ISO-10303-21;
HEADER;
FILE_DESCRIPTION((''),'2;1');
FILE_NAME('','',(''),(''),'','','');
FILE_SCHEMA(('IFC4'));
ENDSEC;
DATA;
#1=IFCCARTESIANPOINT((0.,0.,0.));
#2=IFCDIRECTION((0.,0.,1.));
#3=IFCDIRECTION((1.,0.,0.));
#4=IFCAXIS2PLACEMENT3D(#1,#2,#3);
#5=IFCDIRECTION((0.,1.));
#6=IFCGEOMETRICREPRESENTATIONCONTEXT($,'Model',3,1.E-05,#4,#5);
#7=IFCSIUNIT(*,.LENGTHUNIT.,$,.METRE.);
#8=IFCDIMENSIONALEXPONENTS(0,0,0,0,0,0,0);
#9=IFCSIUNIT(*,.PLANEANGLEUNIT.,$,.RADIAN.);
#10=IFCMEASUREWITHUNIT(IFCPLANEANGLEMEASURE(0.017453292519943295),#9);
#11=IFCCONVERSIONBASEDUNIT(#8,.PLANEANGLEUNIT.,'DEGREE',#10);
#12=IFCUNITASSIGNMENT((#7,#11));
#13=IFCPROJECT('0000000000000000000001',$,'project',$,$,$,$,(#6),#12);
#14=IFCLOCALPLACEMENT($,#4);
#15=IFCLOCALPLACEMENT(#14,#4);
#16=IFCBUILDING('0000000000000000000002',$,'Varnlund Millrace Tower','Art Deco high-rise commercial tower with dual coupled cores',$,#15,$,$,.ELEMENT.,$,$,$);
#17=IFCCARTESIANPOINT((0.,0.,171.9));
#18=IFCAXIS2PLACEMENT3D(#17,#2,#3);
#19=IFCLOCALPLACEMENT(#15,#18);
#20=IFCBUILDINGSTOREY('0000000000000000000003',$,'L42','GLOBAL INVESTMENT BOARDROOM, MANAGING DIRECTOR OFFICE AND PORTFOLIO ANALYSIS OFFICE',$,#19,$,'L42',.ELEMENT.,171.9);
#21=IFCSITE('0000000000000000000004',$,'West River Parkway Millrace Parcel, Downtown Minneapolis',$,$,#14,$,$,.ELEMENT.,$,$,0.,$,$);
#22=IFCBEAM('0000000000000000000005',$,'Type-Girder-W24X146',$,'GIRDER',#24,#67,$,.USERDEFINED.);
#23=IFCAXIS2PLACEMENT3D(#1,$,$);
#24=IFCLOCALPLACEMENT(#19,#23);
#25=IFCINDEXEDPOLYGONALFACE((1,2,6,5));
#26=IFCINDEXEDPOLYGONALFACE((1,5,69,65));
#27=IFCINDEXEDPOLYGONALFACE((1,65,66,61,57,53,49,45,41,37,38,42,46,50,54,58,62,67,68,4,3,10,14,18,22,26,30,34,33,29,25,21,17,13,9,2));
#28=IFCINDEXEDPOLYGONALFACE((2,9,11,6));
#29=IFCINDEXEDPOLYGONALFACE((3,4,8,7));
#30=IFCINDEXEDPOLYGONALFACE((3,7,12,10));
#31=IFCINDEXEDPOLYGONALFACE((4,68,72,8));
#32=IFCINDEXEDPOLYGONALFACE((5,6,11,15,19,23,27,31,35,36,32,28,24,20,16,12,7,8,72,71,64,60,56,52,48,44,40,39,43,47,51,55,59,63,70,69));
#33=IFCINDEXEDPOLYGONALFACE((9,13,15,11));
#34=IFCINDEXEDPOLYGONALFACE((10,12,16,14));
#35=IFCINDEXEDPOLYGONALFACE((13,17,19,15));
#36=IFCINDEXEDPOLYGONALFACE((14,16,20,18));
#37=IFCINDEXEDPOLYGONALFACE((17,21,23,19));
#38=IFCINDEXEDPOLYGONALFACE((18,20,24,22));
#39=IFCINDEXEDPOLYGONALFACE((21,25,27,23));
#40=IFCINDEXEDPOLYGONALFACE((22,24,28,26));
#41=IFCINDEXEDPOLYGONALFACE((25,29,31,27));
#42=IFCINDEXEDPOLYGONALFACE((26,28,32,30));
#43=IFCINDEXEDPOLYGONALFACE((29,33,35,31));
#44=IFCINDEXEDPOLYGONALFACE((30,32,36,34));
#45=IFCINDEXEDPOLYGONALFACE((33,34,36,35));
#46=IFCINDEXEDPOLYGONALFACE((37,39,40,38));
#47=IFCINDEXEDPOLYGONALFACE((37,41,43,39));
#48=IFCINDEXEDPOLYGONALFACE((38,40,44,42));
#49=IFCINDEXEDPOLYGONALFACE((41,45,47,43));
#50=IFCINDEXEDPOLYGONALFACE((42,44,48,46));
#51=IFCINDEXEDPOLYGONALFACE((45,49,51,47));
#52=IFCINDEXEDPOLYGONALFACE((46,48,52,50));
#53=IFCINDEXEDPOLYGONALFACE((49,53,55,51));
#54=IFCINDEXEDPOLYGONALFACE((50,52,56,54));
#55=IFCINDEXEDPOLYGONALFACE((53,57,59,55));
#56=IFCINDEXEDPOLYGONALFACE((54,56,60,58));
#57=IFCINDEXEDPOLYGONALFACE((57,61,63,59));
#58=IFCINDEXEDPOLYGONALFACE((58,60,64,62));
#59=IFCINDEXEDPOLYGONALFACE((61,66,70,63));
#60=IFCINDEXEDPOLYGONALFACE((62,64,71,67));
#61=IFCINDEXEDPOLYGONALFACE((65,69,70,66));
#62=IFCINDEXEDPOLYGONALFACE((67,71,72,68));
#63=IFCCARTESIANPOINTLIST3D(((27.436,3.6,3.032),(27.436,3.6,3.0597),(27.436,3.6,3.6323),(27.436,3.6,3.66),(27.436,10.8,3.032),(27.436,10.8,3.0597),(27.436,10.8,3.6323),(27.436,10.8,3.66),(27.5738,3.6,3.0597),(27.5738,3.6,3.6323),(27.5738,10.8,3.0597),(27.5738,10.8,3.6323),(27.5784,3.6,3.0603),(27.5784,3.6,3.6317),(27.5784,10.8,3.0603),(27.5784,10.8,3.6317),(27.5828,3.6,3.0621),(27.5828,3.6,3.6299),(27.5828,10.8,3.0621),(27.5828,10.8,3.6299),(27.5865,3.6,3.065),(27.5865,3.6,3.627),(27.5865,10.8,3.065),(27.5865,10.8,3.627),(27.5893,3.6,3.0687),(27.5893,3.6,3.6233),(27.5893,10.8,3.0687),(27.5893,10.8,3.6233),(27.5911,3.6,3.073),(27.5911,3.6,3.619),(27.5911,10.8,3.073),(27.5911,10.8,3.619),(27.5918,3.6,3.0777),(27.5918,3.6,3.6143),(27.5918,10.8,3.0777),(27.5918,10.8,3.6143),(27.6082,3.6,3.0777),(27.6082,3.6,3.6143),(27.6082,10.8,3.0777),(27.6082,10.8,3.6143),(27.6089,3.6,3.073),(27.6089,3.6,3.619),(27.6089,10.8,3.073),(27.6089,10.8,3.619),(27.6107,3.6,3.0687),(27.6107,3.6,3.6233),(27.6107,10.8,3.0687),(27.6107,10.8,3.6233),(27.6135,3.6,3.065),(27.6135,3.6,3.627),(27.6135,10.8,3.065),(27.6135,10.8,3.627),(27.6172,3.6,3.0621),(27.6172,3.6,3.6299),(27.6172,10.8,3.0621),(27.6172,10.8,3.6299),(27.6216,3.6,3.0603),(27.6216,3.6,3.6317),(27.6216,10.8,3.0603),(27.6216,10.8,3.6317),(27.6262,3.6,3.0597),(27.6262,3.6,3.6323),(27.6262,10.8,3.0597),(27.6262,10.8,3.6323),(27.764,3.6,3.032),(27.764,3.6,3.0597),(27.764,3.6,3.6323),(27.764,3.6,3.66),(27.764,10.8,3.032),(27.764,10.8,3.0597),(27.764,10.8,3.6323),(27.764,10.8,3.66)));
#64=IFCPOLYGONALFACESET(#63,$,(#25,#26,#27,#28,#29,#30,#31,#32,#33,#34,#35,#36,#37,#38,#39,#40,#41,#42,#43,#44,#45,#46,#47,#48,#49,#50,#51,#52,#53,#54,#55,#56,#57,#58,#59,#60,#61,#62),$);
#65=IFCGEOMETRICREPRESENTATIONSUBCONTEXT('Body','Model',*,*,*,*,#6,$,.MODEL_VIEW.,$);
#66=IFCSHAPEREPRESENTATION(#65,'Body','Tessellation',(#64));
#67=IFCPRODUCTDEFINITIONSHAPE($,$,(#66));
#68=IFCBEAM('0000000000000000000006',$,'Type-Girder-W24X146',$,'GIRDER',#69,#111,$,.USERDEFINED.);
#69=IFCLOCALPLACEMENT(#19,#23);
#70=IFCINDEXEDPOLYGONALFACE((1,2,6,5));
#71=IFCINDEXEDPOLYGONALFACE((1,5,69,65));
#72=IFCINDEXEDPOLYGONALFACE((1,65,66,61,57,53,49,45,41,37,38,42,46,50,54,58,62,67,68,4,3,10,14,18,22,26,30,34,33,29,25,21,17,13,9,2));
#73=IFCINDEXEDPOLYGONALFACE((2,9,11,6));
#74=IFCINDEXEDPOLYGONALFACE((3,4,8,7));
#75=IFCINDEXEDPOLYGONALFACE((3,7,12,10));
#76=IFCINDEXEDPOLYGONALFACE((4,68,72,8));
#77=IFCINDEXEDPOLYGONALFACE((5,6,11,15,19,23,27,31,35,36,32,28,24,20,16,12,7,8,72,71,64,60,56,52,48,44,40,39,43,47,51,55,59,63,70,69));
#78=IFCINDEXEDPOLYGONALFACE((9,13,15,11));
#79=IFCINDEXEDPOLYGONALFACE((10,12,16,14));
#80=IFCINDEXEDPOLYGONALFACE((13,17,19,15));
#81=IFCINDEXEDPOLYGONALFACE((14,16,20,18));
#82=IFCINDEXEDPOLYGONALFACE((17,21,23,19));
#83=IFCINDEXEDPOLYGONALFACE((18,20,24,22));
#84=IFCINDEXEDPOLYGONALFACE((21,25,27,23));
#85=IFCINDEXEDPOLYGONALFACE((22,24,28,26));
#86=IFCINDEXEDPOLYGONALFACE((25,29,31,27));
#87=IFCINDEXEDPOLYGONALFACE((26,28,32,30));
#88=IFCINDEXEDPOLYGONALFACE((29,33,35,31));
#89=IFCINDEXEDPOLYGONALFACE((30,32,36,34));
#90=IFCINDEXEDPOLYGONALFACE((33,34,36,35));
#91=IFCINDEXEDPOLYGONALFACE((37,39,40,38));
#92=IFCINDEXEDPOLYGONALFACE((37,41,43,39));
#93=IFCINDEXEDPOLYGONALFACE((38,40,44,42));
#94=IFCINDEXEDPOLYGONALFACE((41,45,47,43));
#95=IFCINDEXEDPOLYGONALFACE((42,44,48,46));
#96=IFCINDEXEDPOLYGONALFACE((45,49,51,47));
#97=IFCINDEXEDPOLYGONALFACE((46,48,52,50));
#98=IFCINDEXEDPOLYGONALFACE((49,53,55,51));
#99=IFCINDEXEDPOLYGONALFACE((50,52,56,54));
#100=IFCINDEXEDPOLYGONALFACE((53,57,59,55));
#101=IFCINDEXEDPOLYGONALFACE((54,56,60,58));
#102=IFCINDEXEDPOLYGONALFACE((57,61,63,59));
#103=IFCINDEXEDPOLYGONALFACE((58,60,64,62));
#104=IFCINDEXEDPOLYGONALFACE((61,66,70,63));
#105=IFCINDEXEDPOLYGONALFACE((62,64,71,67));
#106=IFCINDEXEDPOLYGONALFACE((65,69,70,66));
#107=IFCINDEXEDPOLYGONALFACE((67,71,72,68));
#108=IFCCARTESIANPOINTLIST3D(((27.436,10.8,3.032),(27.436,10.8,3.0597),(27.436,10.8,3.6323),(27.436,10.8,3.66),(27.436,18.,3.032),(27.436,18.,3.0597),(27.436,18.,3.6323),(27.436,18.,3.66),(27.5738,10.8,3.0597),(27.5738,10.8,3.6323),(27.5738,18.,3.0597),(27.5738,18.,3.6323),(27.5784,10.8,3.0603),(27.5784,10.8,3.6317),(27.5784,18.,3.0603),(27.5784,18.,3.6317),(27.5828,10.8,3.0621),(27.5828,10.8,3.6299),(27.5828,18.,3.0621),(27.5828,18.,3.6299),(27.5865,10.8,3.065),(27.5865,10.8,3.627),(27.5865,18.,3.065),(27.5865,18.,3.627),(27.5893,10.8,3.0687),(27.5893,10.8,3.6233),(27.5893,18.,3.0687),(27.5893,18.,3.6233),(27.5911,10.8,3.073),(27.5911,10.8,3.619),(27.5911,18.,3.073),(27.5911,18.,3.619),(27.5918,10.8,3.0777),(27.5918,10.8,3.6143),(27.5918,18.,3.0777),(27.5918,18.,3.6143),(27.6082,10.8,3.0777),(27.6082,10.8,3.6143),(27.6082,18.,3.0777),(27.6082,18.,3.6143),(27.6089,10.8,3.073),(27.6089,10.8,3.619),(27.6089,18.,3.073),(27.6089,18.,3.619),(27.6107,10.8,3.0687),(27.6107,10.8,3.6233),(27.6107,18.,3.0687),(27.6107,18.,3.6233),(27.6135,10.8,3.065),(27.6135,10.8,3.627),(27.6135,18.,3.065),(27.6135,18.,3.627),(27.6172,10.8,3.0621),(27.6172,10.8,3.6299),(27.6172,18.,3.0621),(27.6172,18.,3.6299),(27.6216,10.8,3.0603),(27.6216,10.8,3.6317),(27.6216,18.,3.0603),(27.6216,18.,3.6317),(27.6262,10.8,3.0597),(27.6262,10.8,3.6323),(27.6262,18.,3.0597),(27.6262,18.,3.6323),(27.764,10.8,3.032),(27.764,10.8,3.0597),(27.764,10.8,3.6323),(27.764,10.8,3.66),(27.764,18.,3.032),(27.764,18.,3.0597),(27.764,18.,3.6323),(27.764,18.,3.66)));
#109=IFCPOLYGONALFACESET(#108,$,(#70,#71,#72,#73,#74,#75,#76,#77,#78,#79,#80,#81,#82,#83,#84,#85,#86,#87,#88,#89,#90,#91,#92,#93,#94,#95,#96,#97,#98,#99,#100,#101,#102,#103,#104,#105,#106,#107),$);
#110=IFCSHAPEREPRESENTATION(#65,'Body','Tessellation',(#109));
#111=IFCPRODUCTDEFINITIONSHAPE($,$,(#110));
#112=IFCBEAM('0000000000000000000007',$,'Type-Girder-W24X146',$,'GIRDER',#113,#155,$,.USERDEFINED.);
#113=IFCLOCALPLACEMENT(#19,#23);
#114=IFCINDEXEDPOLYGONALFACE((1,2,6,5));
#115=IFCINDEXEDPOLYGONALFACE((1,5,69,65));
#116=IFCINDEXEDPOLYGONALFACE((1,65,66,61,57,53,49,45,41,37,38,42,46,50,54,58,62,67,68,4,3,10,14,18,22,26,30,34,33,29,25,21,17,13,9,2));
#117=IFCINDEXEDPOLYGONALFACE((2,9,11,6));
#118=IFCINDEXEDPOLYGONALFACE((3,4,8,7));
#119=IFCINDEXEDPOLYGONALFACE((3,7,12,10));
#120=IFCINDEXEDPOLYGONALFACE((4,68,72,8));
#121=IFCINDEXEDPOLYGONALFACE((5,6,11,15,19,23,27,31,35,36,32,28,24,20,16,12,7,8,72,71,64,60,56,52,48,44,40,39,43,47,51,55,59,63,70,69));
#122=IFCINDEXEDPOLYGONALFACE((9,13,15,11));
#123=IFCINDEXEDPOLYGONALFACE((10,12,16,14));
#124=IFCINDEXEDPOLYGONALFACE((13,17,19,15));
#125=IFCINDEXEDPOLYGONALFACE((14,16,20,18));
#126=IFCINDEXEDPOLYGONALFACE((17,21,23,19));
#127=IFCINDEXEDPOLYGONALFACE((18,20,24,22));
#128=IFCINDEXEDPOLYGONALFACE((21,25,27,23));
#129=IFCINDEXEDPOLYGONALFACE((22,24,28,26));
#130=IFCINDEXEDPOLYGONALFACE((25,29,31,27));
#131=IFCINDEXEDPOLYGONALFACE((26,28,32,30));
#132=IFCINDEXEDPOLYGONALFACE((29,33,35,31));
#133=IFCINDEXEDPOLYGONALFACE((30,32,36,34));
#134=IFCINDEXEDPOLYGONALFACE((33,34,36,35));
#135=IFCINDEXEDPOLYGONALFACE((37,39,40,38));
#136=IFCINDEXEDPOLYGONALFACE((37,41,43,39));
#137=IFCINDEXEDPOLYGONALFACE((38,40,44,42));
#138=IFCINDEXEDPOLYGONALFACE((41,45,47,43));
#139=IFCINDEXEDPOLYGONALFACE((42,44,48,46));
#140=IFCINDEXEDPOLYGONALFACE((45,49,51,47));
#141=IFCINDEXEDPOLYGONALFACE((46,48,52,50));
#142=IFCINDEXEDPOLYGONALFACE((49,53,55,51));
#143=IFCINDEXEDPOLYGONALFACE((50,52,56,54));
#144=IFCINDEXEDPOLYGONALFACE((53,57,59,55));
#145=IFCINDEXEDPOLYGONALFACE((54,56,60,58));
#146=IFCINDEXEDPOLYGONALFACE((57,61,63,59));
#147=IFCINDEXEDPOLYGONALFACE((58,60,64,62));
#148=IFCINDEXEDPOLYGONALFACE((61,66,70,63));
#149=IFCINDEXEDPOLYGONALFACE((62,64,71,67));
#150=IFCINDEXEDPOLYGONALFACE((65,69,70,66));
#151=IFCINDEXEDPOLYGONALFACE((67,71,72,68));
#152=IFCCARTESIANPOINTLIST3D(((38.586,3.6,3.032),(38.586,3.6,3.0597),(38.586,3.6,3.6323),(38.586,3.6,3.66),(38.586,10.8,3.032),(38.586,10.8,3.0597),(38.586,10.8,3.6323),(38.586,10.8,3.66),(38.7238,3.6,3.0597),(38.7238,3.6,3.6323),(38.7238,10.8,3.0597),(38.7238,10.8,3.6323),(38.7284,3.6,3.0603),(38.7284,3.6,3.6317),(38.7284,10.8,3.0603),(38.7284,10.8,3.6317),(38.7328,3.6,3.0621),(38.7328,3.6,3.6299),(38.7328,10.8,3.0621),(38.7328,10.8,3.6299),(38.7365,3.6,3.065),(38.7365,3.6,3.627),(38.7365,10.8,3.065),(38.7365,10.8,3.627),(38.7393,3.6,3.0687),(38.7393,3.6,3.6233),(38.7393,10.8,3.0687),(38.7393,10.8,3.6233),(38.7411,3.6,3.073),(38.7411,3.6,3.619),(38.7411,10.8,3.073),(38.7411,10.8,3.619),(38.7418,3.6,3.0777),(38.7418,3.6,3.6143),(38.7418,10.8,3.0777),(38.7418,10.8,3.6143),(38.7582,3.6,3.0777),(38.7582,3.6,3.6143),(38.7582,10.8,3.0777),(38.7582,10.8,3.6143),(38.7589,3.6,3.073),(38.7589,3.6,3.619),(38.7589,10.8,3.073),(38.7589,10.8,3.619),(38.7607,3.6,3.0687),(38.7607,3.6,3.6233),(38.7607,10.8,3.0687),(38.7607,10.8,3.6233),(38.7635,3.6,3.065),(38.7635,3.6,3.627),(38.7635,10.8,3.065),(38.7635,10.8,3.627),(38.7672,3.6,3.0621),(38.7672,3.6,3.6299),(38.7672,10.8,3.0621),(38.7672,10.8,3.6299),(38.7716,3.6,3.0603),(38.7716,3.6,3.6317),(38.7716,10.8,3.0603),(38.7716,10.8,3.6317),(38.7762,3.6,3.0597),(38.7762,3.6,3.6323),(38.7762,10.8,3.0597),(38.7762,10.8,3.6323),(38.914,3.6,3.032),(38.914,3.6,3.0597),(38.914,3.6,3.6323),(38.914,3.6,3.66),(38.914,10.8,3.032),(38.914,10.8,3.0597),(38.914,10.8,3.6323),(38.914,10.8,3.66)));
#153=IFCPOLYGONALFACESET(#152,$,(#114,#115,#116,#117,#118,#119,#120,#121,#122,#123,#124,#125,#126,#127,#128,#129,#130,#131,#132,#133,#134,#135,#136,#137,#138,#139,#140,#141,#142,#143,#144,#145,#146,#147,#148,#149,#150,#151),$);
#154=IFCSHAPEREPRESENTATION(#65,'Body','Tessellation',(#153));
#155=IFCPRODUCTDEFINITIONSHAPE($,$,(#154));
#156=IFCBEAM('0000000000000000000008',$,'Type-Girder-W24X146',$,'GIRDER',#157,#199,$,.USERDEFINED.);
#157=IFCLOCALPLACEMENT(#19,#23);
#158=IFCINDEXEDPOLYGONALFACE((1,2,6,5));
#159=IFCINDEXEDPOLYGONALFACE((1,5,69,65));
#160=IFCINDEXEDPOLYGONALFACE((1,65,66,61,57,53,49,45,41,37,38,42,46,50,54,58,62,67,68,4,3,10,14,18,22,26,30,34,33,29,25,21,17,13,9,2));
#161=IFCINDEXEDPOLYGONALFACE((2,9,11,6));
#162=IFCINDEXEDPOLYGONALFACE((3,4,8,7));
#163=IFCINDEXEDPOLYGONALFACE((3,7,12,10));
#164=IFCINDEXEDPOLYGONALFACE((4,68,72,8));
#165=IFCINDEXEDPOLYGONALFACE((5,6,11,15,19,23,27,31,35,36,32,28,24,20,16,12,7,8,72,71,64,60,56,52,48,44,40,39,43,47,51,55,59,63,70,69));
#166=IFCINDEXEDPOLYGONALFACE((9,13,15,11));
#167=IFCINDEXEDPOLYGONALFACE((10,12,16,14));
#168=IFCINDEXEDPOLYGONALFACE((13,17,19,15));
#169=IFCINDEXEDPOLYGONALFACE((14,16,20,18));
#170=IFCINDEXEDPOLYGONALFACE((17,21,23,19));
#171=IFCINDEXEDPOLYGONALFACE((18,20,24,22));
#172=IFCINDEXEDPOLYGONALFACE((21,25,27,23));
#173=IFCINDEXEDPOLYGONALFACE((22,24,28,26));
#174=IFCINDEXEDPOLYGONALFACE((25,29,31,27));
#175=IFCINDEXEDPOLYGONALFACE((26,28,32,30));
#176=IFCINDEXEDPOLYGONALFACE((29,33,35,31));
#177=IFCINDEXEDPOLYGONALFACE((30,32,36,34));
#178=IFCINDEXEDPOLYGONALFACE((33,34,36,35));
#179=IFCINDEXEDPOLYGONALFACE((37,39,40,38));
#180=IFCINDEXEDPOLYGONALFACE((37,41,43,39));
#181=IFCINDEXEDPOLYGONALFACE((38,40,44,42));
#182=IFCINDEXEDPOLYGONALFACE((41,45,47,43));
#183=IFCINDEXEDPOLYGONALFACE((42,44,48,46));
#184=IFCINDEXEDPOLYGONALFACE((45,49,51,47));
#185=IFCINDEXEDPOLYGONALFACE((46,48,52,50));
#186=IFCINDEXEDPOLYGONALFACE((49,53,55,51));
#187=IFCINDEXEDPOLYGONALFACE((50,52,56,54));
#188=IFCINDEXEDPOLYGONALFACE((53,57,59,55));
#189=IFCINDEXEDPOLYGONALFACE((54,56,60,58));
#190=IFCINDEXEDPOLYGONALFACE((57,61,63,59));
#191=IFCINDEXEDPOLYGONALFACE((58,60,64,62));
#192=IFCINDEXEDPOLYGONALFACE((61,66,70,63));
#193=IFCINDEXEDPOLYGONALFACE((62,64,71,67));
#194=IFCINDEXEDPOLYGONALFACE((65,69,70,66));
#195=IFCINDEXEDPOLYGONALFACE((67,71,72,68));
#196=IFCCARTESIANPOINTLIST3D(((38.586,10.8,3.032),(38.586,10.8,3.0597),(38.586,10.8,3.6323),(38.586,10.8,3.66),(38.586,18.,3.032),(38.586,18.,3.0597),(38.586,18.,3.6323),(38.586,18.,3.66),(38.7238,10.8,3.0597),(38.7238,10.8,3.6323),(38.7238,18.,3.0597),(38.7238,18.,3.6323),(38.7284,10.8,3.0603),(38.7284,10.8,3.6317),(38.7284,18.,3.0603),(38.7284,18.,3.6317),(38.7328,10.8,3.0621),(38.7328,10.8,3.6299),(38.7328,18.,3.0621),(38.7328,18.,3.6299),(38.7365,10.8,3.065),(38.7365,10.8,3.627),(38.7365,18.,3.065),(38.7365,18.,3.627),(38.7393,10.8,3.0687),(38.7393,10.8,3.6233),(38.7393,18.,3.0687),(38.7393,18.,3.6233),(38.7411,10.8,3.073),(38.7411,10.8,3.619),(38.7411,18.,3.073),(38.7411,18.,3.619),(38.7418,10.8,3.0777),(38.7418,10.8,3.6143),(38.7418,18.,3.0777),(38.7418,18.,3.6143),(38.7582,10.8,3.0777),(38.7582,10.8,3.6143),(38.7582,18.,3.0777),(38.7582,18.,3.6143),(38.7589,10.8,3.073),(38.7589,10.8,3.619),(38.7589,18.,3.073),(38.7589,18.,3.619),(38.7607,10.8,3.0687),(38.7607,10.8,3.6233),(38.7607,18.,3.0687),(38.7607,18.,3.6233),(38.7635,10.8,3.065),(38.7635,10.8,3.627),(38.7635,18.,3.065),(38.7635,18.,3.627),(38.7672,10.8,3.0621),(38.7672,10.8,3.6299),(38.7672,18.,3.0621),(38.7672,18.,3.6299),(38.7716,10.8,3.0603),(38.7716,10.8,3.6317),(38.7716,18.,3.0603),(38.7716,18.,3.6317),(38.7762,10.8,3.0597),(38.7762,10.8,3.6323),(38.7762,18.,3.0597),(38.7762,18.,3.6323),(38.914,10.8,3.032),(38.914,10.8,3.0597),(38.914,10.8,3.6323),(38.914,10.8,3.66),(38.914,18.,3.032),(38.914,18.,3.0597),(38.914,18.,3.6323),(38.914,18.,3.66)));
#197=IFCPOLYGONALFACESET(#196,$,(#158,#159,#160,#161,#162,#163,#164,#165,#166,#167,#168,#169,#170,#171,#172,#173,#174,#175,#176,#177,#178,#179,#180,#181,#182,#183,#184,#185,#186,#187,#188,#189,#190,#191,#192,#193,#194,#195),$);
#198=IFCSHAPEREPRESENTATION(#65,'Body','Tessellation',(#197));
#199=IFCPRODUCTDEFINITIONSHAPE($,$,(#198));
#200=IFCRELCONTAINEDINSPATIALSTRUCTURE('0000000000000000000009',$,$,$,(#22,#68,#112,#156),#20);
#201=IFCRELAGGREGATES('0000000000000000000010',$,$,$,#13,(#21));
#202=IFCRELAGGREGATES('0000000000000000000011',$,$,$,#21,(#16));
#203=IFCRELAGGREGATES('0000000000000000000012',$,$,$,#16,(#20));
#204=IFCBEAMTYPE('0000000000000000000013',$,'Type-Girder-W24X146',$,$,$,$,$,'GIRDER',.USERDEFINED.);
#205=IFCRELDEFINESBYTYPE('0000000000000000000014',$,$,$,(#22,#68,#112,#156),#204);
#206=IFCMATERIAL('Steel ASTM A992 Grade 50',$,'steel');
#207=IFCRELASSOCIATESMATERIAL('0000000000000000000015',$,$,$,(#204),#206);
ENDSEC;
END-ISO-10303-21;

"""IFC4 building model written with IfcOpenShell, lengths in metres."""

from ifc_helpers import new_model, entity, si_unit, converted_unit, direction, frame, origin_with_axes, origin_2d_with_axis, place, context, subcontext, project, spatial, i_section, extrude, material, material_profile, profile_set, type_object, element, save


model = new_model("IFC4")

# Units and contexts
model_context = context("Model", 3, precision=1e-05, world=origin_with_axes(), true_north=direction((0.0, 1.0)))
body_context = subcontext(model_context, "Body", "Model", "MODEL_VIEW")
ifc_project = project(units=[si_unit("LENGTHUNIT", "METRE"), converted_unit("PLANEANGLEUNIT", "DEGREE", entity("IfcPlaneAngleMeasure", 0.017453292519943295), si_unit("PLANEANGLEUNIT", "RADIAN"), dimensions=[0, 0, 0, 0, 0, 0, 0])], contexts=[model_context])

# Site, building, storey
site_placement = place(None, origin_with_axes())
site = spatial("IfcSite", under=ifc_project, at=site_placement, Name="West River Parkway Millrace Parcel, Downtown Minneapolis", CompositionType="ELEMENT", RefElevation=0.0)
building_placement = place(site_placement, origin_with_axes())
building = spatial("IfcBuilding", under=site, at=building_placement, Name="Varnlund Millrace Tower", Description="Art Deco high-rise commercial tower with dual coupled cores", CompositionType="ELEMENT")
storey_placement = place(building_placement, frame((0.0, 0.0, 171.9), z_axis=(0.0, 0.0, 1.0), x_axis=(1.0, 0.0, 0.0)))
storey = spatial("IfcBuildingStorey", under=building, at=storey_placement, Name="L42", Description="GLOBAL INVESTMENT BOARDROOM, MANAGING DIRECTOR OFFICE AND PORTFOLIO ANALYSIS OFFICE", LongName="L42", CompositionType="ELEMENT", Elevation=171.9)

# Beams
ifc_material_1 = material(Name="Steel ASTM A992 Grade 50", Category="steel")
ifc_material_profile_1 = material_profile(ifc_material_1, i_section(OverallWidth=0.328, OverallDepth=0.628, WebThickness=0.0165, FlangeThickness=0.0277, FilletRadius=0.018, at=origin_2d_with_axis()), Name="Steel ASTM A992 Grade 50")
ifc_profile_set_1 = profile_set([ifc_material_profile_1], Name="Steel ASTM A992 Grade 50")
beam_type_1 = type_object("IfcBeamType", Name="Type-Girder-W24X146", ElementType="GIRDER", PredefinedType="USERDEFINED", material=ifc_profile_set_1)
for number, where, z_axis, x_axis, name in (
    (1, (27.6, 3.6, 3.346), (0.0, 1.0, 0.0), (-1.0, 0.0, 0.0), "Type-Girder-W24X146"),
    (2, (27.6, 10.8, 3.346), (0.0, 1.0, 0.0), (-1.0, 0.0, 0.0), "Type-Girder-W24X146"),
    (3, (38.75, 3.6, 3.346), (0.0, 1.0, 0.0), (-1.0, 0.0, 0.0), "Type-Girder-W24X146"),
    (4, (38.75, 10.8, 3.346), (0.0, 1.0, 0.0), (-1.0, 0.0, 0.0), "Type-Girder-W24X146"),
):
    element("IfcBeam", number, at=place(storey_placement, frame(where, z_axis=z_axis, x_axis=x_axis)), inside=storey, type_object=beam_type_1, Name=name, ObjectType="GIRDER", PredefinedType="USERDEFINED", context=body_context, shape_type="SweptSolid", body=[
        extrude(i_section(OverallWidth=0.328, OverallDepth=0.628, WebThickness=0.0165, FlangeThickness=0.0277, FilletRadius=0.018, at=origin_2d_with_axis()), origin_with_axes(), (0.0, 0.0, 1.0), 7.2),
    ])

save(model, "model.ifc")
